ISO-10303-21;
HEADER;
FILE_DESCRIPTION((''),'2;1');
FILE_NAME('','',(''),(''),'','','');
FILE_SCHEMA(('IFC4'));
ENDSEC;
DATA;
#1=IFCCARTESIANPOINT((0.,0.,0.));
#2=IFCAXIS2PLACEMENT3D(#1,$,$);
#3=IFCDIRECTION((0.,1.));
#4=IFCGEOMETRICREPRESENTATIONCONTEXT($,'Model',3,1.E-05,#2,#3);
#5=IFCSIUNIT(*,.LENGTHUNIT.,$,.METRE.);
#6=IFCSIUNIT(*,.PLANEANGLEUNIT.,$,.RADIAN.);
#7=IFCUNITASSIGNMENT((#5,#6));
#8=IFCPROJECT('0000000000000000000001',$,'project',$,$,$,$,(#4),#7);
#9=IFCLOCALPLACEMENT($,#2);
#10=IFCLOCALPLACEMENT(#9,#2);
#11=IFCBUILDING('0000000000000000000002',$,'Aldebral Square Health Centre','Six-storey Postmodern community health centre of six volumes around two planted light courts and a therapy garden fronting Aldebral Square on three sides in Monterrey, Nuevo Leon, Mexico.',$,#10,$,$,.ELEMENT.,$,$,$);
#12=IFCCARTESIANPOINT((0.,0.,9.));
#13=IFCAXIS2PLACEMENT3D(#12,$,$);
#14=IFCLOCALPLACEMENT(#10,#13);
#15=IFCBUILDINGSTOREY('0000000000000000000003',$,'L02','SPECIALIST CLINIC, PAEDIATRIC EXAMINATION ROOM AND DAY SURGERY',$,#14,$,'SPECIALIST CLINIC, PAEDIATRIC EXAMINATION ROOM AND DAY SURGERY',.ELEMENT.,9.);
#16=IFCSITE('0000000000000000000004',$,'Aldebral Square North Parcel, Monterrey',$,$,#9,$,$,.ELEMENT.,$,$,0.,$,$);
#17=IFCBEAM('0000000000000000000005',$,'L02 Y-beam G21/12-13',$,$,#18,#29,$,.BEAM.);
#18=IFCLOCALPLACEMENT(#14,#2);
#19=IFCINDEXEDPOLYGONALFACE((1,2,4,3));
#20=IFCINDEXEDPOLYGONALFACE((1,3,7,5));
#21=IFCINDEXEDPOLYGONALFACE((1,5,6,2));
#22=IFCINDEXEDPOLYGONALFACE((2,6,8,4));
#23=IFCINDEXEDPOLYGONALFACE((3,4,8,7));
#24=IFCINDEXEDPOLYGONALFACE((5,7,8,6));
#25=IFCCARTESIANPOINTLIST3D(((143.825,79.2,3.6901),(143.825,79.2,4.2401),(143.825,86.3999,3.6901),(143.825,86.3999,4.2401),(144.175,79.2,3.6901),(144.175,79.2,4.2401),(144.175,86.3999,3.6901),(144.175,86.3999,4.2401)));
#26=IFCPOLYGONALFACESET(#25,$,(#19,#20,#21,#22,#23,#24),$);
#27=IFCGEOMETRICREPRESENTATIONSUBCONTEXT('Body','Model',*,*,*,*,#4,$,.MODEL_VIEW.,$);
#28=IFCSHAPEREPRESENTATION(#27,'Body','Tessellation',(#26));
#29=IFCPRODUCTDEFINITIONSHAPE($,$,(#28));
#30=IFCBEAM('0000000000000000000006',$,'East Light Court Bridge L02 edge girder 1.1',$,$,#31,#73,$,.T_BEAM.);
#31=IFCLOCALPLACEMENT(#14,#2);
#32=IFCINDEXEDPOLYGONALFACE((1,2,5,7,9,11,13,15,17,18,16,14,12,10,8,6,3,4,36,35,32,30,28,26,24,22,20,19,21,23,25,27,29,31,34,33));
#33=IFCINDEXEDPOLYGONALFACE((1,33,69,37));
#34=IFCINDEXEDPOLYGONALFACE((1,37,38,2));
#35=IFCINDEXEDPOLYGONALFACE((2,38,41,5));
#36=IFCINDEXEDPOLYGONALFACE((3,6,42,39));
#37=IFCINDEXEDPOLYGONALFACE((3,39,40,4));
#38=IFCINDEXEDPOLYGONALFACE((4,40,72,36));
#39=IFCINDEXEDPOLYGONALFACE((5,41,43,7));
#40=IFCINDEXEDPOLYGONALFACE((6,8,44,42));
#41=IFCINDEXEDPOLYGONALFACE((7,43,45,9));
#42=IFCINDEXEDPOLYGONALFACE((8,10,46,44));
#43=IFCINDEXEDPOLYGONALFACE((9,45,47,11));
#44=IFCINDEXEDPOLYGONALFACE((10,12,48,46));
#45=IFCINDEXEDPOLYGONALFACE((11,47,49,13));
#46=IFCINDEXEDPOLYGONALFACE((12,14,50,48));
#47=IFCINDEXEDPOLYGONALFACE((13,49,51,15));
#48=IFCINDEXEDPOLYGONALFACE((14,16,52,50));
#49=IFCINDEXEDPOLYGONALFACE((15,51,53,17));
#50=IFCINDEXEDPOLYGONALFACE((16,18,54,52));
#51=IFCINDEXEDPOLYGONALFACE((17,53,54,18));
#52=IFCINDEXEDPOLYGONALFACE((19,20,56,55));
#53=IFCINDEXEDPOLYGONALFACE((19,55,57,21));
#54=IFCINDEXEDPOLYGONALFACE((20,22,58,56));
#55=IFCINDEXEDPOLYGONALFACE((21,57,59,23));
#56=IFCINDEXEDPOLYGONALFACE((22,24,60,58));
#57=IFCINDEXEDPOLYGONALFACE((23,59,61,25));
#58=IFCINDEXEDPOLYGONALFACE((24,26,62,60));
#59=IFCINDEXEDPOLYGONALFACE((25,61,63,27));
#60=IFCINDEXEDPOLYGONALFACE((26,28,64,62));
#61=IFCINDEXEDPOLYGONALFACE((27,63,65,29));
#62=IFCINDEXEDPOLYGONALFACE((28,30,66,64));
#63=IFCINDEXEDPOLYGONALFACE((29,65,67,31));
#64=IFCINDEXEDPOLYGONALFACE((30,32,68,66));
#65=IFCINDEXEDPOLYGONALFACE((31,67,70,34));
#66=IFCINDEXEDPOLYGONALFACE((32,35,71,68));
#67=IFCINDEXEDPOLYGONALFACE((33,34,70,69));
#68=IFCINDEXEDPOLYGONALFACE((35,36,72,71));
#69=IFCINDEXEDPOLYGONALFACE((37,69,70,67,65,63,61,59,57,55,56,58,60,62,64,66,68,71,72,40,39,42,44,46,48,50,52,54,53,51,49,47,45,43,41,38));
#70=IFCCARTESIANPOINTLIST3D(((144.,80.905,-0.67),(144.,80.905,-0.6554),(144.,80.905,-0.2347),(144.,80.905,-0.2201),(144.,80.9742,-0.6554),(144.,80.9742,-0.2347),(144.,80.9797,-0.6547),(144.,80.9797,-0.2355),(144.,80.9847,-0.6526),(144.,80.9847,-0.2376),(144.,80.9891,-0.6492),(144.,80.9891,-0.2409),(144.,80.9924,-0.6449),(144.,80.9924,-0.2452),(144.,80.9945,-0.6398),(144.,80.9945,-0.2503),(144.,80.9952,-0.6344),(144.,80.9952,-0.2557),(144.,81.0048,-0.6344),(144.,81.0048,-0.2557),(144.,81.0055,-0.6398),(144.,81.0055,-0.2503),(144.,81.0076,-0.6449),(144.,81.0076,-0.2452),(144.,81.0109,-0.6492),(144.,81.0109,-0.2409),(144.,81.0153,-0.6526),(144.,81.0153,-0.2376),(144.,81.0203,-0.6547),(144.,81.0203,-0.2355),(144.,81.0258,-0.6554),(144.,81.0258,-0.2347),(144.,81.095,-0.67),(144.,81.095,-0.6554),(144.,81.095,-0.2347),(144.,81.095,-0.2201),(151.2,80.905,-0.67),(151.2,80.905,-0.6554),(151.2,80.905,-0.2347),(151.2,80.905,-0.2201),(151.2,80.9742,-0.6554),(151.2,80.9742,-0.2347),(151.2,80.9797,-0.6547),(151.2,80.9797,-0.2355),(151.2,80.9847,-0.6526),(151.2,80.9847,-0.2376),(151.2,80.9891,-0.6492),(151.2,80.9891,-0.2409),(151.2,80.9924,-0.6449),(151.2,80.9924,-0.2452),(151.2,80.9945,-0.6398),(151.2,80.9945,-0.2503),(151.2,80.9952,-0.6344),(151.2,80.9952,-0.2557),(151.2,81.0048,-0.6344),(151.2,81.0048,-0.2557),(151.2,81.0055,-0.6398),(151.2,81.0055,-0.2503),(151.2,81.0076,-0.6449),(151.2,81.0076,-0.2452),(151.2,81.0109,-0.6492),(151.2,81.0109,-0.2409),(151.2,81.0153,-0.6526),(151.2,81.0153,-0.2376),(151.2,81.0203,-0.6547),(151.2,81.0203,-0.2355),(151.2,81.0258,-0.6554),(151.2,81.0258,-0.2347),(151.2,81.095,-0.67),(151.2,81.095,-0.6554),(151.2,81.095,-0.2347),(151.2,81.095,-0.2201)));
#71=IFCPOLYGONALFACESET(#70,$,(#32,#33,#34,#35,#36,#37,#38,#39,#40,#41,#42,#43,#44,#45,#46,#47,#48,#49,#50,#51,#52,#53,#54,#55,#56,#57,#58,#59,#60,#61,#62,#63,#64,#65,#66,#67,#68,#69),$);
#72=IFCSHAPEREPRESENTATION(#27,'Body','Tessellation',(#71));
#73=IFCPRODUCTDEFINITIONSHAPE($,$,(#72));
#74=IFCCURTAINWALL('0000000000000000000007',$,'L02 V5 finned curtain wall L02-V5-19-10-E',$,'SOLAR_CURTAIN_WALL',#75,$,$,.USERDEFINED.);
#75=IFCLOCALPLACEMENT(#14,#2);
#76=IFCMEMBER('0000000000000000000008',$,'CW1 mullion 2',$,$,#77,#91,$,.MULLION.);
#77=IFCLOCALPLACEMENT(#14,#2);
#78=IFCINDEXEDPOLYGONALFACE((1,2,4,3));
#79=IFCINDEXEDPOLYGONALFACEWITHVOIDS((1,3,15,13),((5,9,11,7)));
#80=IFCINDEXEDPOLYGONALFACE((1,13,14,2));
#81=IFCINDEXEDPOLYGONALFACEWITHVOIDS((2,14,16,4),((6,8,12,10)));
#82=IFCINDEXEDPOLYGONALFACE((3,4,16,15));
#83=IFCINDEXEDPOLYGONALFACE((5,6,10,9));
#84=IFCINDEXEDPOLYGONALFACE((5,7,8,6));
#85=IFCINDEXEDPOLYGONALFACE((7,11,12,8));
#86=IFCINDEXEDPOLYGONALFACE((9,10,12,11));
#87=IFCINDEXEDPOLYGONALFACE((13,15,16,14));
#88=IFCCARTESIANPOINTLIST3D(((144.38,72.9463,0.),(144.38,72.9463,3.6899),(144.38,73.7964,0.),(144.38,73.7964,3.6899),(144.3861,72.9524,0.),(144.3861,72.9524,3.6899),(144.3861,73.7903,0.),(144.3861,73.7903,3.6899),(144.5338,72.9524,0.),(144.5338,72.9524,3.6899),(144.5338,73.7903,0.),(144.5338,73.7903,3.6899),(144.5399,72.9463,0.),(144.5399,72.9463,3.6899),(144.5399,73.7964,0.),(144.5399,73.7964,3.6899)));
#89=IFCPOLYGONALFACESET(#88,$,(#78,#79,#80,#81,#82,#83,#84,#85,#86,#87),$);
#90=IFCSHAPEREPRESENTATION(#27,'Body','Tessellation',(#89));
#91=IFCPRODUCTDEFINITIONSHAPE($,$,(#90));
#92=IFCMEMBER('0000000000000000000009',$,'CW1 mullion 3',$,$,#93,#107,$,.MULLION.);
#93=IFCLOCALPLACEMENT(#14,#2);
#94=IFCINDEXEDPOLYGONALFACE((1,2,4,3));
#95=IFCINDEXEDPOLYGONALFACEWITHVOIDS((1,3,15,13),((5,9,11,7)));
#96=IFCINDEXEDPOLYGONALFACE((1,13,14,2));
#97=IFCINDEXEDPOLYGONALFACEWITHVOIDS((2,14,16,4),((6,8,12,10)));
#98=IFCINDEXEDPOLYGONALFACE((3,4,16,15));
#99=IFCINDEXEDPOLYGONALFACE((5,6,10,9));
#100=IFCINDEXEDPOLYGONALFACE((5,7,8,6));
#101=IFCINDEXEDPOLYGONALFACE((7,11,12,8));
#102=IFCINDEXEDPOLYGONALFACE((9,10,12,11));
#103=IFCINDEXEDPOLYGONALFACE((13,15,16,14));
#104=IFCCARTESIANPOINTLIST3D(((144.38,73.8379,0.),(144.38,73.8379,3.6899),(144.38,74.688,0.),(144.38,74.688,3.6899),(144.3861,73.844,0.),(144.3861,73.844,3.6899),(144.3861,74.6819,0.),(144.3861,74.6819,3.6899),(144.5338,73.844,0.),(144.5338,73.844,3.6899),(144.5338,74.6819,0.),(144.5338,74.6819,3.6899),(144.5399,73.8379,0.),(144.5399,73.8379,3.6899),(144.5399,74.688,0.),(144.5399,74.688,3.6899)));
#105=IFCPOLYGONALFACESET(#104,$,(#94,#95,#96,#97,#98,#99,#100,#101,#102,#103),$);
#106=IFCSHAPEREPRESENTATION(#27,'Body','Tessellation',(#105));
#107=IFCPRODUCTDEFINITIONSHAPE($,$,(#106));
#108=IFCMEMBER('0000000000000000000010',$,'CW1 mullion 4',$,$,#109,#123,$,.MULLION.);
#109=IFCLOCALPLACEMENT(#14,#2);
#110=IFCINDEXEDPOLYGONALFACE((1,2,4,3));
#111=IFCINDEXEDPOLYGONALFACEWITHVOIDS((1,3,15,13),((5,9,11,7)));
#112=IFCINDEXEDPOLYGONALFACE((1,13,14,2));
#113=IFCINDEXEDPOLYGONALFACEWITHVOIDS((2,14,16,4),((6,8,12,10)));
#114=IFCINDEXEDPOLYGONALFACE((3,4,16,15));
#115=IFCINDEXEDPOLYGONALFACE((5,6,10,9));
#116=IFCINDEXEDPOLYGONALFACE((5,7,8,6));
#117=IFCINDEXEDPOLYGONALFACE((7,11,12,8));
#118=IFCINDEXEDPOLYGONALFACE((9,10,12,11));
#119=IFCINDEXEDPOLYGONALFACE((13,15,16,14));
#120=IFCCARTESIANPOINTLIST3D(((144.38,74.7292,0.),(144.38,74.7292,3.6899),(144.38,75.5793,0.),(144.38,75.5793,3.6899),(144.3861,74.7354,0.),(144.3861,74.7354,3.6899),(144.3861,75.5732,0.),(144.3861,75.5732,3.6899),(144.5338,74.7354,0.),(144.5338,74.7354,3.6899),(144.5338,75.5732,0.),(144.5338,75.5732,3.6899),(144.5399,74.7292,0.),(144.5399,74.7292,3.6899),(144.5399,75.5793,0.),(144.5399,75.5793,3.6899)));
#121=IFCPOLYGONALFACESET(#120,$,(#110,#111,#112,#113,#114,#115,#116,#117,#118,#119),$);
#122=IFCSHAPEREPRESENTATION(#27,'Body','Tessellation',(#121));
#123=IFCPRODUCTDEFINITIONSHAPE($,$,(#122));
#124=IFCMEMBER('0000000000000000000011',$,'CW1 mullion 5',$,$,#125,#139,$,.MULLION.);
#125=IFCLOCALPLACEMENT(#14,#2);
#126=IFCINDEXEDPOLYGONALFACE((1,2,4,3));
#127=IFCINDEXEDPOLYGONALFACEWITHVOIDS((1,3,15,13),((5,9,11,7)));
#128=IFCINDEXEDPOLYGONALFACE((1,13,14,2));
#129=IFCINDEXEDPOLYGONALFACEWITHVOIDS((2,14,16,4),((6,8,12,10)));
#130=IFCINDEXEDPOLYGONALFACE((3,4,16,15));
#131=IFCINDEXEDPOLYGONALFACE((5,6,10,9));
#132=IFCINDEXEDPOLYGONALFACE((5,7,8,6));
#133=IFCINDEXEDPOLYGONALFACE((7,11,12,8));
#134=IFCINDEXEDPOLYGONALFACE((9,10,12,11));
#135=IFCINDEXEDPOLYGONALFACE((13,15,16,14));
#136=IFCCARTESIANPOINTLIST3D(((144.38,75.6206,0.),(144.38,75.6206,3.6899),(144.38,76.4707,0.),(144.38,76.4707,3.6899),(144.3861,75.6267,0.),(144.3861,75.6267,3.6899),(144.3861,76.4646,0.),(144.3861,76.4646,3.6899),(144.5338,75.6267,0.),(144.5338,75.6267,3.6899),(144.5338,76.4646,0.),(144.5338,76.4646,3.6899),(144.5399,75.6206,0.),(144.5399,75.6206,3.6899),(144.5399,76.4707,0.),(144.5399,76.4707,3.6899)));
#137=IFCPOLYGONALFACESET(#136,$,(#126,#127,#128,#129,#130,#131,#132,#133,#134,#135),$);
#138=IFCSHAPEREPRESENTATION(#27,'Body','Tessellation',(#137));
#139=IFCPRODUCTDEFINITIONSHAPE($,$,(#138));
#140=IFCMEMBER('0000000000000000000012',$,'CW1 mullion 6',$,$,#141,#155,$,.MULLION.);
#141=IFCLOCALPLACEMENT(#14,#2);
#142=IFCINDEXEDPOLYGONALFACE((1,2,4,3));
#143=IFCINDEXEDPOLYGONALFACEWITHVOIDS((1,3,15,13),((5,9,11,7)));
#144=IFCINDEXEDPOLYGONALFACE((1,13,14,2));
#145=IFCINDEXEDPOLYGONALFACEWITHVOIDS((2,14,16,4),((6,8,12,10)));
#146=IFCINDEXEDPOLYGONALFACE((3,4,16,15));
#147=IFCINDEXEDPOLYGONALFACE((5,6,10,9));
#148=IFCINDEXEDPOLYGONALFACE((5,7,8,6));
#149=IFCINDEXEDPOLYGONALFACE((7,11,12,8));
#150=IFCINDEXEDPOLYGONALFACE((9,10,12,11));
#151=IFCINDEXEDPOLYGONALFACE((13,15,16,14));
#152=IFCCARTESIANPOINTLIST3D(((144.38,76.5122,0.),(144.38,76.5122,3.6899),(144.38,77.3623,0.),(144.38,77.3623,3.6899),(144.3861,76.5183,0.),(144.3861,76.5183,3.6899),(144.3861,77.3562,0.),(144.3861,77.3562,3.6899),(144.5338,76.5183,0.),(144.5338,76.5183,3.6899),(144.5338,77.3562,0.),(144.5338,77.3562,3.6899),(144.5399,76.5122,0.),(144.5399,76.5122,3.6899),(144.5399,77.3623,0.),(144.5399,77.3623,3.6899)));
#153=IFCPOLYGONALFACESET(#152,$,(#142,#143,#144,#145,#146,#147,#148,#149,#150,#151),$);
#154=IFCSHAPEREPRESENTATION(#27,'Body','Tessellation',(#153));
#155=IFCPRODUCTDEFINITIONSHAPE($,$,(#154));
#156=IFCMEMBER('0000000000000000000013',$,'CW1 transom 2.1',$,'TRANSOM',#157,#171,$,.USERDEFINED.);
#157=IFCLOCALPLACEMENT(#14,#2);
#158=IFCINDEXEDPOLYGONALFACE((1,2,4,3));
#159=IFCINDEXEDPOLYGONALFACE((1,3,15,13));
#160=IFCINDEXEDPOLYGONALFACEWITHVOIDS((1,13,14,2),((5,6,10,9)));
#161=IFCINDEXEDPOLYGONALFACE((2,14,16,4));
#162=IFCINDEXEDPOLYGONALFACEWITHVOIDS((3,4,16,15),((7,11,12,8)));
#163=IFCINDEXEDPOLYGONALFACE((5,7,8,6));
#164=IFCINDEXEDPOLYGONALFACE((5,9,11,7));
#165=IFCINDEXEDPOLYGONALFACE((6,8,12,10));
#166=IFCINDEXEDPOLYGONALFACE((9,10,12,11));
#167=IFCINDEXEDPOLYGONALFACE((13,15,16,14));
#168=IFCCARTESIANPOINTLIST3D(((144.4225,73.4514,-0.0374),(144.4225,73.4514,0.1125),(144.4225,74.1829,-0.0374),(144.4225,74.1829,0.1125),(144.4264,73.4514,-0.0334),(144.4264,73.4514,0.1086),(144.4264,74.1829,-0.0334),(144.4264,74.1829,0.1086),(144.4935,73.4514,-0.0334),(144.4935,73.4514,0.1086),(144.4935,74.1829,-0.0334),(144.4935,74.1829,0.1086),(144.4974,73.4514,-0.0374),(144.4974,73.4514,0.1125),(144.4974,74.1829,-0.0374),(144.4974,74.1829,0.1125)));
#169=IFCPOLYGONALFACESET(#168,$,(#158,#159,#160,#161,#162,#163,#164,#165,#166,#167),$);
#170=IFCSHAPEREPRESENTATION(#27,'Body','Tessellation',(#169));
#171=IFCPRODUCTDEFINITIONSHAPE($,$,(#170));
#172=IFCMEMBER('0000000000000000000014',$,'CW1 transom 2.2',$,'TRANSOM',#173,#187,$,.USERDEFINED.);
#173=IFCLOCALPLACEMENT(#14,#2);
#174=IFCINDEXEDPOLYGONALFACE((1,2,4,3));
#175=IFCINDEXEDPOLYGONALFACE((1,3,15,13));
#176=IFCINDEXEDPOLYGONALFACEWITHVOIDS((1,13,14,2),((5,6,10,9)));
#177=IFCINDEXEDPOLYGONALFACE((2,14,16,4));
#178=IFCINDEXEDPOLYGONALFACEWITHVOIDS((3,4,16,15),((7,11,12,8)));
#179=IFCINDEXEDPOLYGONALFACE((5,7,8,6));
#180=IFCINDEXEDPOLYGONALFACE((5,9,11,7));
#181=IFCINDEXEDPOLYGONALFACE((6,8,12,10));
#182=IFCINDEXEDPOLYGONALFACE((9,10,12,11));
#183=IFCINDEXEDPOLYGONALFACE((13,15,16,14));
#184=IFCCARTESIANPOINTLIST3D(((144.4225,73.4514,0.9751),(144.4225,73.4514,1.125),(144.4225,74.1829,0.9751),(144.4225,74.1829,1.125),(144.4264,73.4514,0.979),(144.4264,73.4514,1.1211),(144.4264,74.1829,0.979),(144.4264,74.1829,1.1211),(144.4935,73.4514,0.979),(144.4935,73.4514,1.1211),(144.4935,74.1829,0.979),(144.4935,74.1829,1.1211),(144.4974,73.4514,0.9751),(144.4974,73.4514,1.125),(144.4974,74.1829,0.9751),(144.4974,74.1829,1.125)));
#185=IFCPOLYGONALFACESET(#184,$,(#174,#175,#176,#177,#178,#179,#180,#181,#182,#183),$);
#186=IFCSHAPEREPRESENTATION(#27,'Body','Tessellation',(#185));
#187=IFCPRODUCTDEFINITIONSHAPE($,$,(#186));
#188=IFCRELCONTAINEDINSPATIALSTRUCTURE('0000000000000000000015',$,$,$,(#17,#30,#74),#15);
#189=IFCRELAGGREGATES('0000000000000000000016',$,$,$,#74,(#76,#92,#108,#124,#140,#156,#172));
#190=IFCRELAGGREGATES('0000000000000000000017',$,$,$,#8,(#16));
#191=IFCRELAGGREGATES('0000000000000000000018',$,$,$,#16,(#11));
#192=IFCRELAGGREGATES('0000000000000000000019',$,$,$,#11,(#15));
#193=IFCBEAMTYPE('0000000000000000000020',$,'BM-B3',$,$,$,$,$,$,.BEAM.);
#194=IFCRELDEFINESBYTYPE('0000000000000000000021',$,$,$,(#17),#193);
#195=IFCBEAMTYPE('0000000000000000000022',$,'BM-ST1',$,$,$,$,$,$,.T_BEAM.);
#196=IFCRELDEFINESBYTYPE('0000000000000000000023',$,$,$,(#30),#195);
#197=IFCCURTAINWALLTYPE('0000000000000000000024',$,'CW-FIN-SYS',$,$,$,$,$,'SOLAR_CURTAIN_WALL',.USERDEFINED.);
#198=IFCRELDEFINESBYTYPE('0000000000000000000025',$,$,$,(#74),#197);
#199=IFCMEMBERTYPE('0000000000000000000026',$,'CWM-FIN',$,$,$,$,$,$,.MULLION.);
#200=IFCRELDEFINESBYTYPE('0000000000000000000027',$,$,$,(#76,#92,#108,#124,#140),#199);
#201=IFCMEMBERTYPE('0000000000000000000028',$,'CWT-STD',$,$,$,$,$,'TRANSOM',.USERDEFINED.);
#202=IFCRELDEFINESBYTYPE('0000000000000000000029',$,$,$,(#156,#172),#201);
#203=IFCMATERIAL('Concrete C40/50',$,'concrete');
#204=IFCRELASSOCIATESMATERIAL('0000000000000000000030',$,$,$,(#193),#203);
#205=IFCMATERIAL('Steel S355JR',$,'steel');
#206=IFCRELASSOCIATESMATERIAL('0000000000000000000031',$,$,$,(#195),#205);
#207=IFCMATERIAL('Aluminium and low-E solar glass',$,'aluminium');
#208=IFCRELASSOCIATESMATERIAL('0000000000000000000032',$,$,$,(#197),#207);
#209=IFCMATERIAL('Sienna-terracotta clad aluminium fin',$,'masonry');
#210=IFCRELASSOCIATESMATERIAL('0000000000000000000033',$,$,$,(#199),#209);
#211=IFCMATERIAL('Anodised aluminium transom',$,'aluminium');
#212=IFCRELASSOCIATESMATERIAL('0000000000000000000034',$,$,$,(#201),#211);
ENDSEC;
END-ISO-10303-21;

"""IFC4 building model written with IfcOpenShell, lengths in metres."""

from ifc_helpers import new_model, si_unit, direction, frame, origin, origin_2d, place, context, subcontext, project, spatial, rectangle, hollow_rectangle, i_section, extrude, material, material_profile, profile_set, type_object, element, aggregate, save


model = new_model("IFC4")

# Units and contexts
model_context = context("Model", 3, precision=1e-05, world=origin(), true_north=direction((0.0, 1.0)))
body_context = subcontext(model_context, "Body", "Model", "MODEL_VIEW")
ifc_project = project(units=[si_unit("LENGTHUNIT", "METRE"), si_unit("PLANEANGLEUNIT", "RADIAN")], contexts=[model_context])

# Site, building, storey
site_placement = place(None, origin())
site = spatial("IfcSite", under=ifc_project, at=site_placement, Name="Aldebral Square North Parcel, Monterrey", CompositionType="ELEMENT", RefElevation=0.0)
building_placement = place(site_placement, origin())
building = spatial("IfcBuilding", under=site, at=building_placement, Name="Aldebral Square Health Centre", Description="Six-storey Postmodern community health centre of six volumes around two planted light courts and a therapy garden fronting Aldebral Square on three sides in Monterrey, Nuevo Leon, Mexico.", CompositionType="ELEMENT")
storey_placement = place(building_placement, frame((0.0, 0.0, 9.0)))
storey = spatial("IfcBuildingStorey", under=building, at=storey_placement, Name="L02", Description="SPECIALIST CLINIC, PAEDIATRIC EXAMINATION ROOM AND DAY SURGERY", LongName="SPECIALIST CLINIC, PAEDIATRIC EXAMINATION ROOM AND DAY SURGERY", CompositionType="ELEMENT", Elevation=9.0)

# Beams
ifc_material_1 = material(Name="Concrete C40/50", Category="concrete")
ifc_material_profile_1 = material_profile(ifc_material_1, rectangle(XDim=0.3501, YDim=0.55, at=origin_2d()), Name="RC 350x550")
ifc_profile_set_1 = profile_set([ifc_material_profile_1], Name="Concrete C40/50")
beam_type_1 = type_object("IfcBeamType", Name="BM-B3", PredefinedType="BEAM", material=ifc_profile_set_1)
beam_1_placement = place(storey_placement, frame((144.0, 79.2, 3.9651), z_axis=(0.0, 1.0, 0.0), x_axis=(-1.0, 0.0, 0.0)))
element("IfcBeam", 1, at=beam_1_placement, inside=storey, type_object=beam_type_1, Name="L02 Y-beam G21/12-13", PredefinedType="BEAM", context=body_context, shape_type="SweptSolid", body=[
    extrude(rectangle(XDim=0.3501, YDim=0.55, at=origin_2d()), origin(), (0.0, 0.0, 1.0), 7.2),
])
ifc_material_2 = material(Name="Steel S355JR", Category="steel")
ifc_material_profile_2 = material_profile(ifc_material_2, i_section(OverallWidth=0.1899, OverallDepth=0.45, WebThickness=0.0095, FlangeThickness=0.0146, FilletRadius=0.021, at=origin_2d()), Name="IPE 450")
ifc_profile_set_2 = profile_set([ifc_material_profile_2], Name="Steel S355JR")
beam_type_2 = type_object("IfcBeamType", Name="BM-ST1", PredefinedType="T_BEAM", material=ifc_profile_set_2)
beam_2_placement = place(storey_placement, frame((144.0, 81.0, -0.4451), z_axis=(1.0, 0.0, 0.0), x_axis=(0.0, 1.0, 0.0)))
element("IfcBeam", 2, at=beam_2_placement, inside=storey, type_object=beam_type_2, Name="East Light Court Bridge L02 edge girder 1.1", PredefinedType="T_BEAM", context=body_context, shape_type="SweptSolid", body=[
    extrude(i_section(OverallWidth=0.1899, OverallDepth=0.45, WebThickness=0.0095, FlangeThickness=0.0146, FilletRadius=0.021, at=origin_2d()), origin(), (0.0, 0.0, 1.0), 7.2),
])

# Curtain wall, members
ifc_material_3 = material(Name="Aluminium and low-E solar glass", Category="aluminium")
curtain_wall_type = type_object("IfcCurtainWallType", Name="CW-FIN-SYS", ElementType="SOLAR_CURTAIN_WALL", PredefinedType="USERDEFINED", material=ifc_material_3)
curtain_wall_placement = place(storey_placement, origin())
curtain_wall = element("IfcCurtainWall", 3, at=curtain_wall_placement, inside=storey, type_object=curtain_wall_type, Name="L02 V5 finned curtain wall L02-V5-19-10-E", ObjectType="SOLAR_CURTAIN_WALL", PredefinedType="USERDEFINED")
ifc_material_4 = material(Name="Sienna-terracotta clad aluminium fin", Category="masonry")
ifc_material_profile_3 = material_profile(ifc_material_4, hollow_rectangle(XDim=0.1599, YDim=0.8501, WallThickness=0.0061, at=origin_2d()), Name="FIN 160x850x6")
ifc_profile_set_3 = profile_set([ifc_material_profile_3], Name="Sienna-terracotta clad aluminium fin")
member_type_1 = type_object("IfcMemberType", Name="CWM-FIN", PredefinedType="MULLION", material=ifc_profile_set_3)
member_1_placement = place(storey_placement, frame((144.46, 73.3713, 0.0), z_axis=(0.0, 0.0, 1.0), x_axis=(-1.0, 0.0, 0.0)))
member_1 = element("IfcMember", 4, at=member_1_placement, type_object=member_type_1, Name="CW1 mullion 2", PredefinedType="MULLION", context=body_context, shape_type="SweptSolid", body=[
    extrude(hollow_rectangle(XDim=0.1599, YDim=0.8501, WallThickness=0.0061, at=origin_2d()), origin(), (0.0, 0.0, 1.0), 3.6899),
])
member_2_placement = place(storey_placement, frame((144.46, 74.2629, 0.0), z_axis=(0.0, 0.0, 1.0), x_axis=(-1.0, 0.0, 0.0)))
member_2 = element("IfcMember", 5, at=member_2_placement, type_object=member_type_1, Name="CW1 mullion 3", PredefinedType="MULLION", context=body_context, shape_type="SweptSolid", body=[
    extrude(hollow_rectangle(XDim=0.1599, YDim=0.8501, WallThickness=0.0061, at=origin_2d()), origin(), (0.0, 0.0, 1.0), 3.6899),
])
member_3_placement = place(storey_placement, frame((144.46, 75.1543, 0.0), z_axis=(0.0, 0.0, 1.0), x_axis=(-1.0, 0.0, 0.0)))
member_3 = element("IfcMember", 6, at=member_3_placement, type_object=member_type_1, Name="CW1 mullion 4", PredefinedType="MULLION", context=body_context, shape_type="SweptSolid", body=[
    extrude(hollow_rectangle(XDim=0.1599, YDim=0.8501, WallThickness=0.0061, at=origin_2d()), origin(), (0.0, 0.0, 1.0), 3.6899),
])
member_4_placement = place(storey_placement, frame((144.46, 76.0457, 0.0), z_axis=(0.0, 0.0, 1.0), x_axis=(-1.0, 0.0, 0.0)))
member_4 = element("IfcMember", 7, at=member_4_placement, type_object=member_type_1, Name="CW1 mullion 5", PredefinedType="MULLION", context=body_context, shape_type="SweptSolid", body=[
    extrude(hollow_rectangle(XDim=0.1599, YDim=0.8501, WallThickness=0.0061, at=origin_2d()), origin(), (0.0, 0.0, 1.0), 3.6899),
])
member_5_placement = place(storey_placement, frame((144.46, 76.9373, 0.0), z_axis=(0.0, 0.0, 1.0), x_axis=(-1.0, 0.0, 0.0)))
member_5 = element("IfcMember", 8, at=member_5_placement, type_object=member_type_1, Name="CW1 mullion 6", PredefinedType="MULLION", context=body_context, shape_type="SweptSolid", body=[
    extrude(hollow_rectangle(XDim=0.1599, YDim=0.8501, WallThickness=0.0061, at=origin_2d()), origin(), (0.0, 0.0, 1.0), 3.6899),
])
ifc_material_5 = material(Name="Anodised aluminium transom", Category="aluminium")
ifc_material_profile_4 = material_profile(ifc_material_5, hollow_rectangle(XDim=0.075, YDim=0.1499, WallThickness=0.0039, at=origin_2d()), Name="CWT 75x150x4")
ifc_profile_set_4 = profile_set([ifc_material_profile_4], Name="Anodised aluminium transom")
member_type_2 = type_object("IfcMemberType", Name="CWT-STD", ElementType="TRANSOM", PredefinedType="USERDEFINED", material=ifc_profile_set_4)
member_6_placement = place(storey_placement, frame((144.46, 73.4514, 0.0376), z_axis=(0.0, 1.0, 0.0), x_axis=(-1.0, 0.0, 0.0)))
member_6 = element("IfcMember", 9, at=member_6_placement, type_object=member_type_2, Name="CW1 transom 2.1", ObjectType="TRANSOM", PredefinedType="USERDEFINED", context=body_context, shape_type="SweptSolid", body=[
    extrude(hollow_rectangle(XDim=0.075, YDim=0.1499, WallThickness=0.0039, at=origin_2d()), origin(), (0.0, 0.0, 1.0), 0.7314),
])
member_7_placement = place(storey_placement, frame((144.46, 73.4514, 1.05), z_axis=(0.0, 1.0, 0.0), x_axis=(-1.0, 0.0, 0.0)))
member_7 = element("IfcMember", 10, at=member_7_placement, type_object=member_type_2, Name="CW1 transom 2.2", ObjectType="TRANSOM", PredefinedType="USERDEFINED", context=body_context, shape_type="SweptSolid", body=[
    extrude(hollow_rectangle(XDim=0.075, YDim=0.1499, WallThickness=0.0039, at=origin_2d()), origin(), (0.0, 0.0, 1.0), 0.7314),
])

aggregate(curtain_wall, [member_1, member_2, member_3, member_4, member_5, member_6, member_7])

save(model, "model.ifc")
